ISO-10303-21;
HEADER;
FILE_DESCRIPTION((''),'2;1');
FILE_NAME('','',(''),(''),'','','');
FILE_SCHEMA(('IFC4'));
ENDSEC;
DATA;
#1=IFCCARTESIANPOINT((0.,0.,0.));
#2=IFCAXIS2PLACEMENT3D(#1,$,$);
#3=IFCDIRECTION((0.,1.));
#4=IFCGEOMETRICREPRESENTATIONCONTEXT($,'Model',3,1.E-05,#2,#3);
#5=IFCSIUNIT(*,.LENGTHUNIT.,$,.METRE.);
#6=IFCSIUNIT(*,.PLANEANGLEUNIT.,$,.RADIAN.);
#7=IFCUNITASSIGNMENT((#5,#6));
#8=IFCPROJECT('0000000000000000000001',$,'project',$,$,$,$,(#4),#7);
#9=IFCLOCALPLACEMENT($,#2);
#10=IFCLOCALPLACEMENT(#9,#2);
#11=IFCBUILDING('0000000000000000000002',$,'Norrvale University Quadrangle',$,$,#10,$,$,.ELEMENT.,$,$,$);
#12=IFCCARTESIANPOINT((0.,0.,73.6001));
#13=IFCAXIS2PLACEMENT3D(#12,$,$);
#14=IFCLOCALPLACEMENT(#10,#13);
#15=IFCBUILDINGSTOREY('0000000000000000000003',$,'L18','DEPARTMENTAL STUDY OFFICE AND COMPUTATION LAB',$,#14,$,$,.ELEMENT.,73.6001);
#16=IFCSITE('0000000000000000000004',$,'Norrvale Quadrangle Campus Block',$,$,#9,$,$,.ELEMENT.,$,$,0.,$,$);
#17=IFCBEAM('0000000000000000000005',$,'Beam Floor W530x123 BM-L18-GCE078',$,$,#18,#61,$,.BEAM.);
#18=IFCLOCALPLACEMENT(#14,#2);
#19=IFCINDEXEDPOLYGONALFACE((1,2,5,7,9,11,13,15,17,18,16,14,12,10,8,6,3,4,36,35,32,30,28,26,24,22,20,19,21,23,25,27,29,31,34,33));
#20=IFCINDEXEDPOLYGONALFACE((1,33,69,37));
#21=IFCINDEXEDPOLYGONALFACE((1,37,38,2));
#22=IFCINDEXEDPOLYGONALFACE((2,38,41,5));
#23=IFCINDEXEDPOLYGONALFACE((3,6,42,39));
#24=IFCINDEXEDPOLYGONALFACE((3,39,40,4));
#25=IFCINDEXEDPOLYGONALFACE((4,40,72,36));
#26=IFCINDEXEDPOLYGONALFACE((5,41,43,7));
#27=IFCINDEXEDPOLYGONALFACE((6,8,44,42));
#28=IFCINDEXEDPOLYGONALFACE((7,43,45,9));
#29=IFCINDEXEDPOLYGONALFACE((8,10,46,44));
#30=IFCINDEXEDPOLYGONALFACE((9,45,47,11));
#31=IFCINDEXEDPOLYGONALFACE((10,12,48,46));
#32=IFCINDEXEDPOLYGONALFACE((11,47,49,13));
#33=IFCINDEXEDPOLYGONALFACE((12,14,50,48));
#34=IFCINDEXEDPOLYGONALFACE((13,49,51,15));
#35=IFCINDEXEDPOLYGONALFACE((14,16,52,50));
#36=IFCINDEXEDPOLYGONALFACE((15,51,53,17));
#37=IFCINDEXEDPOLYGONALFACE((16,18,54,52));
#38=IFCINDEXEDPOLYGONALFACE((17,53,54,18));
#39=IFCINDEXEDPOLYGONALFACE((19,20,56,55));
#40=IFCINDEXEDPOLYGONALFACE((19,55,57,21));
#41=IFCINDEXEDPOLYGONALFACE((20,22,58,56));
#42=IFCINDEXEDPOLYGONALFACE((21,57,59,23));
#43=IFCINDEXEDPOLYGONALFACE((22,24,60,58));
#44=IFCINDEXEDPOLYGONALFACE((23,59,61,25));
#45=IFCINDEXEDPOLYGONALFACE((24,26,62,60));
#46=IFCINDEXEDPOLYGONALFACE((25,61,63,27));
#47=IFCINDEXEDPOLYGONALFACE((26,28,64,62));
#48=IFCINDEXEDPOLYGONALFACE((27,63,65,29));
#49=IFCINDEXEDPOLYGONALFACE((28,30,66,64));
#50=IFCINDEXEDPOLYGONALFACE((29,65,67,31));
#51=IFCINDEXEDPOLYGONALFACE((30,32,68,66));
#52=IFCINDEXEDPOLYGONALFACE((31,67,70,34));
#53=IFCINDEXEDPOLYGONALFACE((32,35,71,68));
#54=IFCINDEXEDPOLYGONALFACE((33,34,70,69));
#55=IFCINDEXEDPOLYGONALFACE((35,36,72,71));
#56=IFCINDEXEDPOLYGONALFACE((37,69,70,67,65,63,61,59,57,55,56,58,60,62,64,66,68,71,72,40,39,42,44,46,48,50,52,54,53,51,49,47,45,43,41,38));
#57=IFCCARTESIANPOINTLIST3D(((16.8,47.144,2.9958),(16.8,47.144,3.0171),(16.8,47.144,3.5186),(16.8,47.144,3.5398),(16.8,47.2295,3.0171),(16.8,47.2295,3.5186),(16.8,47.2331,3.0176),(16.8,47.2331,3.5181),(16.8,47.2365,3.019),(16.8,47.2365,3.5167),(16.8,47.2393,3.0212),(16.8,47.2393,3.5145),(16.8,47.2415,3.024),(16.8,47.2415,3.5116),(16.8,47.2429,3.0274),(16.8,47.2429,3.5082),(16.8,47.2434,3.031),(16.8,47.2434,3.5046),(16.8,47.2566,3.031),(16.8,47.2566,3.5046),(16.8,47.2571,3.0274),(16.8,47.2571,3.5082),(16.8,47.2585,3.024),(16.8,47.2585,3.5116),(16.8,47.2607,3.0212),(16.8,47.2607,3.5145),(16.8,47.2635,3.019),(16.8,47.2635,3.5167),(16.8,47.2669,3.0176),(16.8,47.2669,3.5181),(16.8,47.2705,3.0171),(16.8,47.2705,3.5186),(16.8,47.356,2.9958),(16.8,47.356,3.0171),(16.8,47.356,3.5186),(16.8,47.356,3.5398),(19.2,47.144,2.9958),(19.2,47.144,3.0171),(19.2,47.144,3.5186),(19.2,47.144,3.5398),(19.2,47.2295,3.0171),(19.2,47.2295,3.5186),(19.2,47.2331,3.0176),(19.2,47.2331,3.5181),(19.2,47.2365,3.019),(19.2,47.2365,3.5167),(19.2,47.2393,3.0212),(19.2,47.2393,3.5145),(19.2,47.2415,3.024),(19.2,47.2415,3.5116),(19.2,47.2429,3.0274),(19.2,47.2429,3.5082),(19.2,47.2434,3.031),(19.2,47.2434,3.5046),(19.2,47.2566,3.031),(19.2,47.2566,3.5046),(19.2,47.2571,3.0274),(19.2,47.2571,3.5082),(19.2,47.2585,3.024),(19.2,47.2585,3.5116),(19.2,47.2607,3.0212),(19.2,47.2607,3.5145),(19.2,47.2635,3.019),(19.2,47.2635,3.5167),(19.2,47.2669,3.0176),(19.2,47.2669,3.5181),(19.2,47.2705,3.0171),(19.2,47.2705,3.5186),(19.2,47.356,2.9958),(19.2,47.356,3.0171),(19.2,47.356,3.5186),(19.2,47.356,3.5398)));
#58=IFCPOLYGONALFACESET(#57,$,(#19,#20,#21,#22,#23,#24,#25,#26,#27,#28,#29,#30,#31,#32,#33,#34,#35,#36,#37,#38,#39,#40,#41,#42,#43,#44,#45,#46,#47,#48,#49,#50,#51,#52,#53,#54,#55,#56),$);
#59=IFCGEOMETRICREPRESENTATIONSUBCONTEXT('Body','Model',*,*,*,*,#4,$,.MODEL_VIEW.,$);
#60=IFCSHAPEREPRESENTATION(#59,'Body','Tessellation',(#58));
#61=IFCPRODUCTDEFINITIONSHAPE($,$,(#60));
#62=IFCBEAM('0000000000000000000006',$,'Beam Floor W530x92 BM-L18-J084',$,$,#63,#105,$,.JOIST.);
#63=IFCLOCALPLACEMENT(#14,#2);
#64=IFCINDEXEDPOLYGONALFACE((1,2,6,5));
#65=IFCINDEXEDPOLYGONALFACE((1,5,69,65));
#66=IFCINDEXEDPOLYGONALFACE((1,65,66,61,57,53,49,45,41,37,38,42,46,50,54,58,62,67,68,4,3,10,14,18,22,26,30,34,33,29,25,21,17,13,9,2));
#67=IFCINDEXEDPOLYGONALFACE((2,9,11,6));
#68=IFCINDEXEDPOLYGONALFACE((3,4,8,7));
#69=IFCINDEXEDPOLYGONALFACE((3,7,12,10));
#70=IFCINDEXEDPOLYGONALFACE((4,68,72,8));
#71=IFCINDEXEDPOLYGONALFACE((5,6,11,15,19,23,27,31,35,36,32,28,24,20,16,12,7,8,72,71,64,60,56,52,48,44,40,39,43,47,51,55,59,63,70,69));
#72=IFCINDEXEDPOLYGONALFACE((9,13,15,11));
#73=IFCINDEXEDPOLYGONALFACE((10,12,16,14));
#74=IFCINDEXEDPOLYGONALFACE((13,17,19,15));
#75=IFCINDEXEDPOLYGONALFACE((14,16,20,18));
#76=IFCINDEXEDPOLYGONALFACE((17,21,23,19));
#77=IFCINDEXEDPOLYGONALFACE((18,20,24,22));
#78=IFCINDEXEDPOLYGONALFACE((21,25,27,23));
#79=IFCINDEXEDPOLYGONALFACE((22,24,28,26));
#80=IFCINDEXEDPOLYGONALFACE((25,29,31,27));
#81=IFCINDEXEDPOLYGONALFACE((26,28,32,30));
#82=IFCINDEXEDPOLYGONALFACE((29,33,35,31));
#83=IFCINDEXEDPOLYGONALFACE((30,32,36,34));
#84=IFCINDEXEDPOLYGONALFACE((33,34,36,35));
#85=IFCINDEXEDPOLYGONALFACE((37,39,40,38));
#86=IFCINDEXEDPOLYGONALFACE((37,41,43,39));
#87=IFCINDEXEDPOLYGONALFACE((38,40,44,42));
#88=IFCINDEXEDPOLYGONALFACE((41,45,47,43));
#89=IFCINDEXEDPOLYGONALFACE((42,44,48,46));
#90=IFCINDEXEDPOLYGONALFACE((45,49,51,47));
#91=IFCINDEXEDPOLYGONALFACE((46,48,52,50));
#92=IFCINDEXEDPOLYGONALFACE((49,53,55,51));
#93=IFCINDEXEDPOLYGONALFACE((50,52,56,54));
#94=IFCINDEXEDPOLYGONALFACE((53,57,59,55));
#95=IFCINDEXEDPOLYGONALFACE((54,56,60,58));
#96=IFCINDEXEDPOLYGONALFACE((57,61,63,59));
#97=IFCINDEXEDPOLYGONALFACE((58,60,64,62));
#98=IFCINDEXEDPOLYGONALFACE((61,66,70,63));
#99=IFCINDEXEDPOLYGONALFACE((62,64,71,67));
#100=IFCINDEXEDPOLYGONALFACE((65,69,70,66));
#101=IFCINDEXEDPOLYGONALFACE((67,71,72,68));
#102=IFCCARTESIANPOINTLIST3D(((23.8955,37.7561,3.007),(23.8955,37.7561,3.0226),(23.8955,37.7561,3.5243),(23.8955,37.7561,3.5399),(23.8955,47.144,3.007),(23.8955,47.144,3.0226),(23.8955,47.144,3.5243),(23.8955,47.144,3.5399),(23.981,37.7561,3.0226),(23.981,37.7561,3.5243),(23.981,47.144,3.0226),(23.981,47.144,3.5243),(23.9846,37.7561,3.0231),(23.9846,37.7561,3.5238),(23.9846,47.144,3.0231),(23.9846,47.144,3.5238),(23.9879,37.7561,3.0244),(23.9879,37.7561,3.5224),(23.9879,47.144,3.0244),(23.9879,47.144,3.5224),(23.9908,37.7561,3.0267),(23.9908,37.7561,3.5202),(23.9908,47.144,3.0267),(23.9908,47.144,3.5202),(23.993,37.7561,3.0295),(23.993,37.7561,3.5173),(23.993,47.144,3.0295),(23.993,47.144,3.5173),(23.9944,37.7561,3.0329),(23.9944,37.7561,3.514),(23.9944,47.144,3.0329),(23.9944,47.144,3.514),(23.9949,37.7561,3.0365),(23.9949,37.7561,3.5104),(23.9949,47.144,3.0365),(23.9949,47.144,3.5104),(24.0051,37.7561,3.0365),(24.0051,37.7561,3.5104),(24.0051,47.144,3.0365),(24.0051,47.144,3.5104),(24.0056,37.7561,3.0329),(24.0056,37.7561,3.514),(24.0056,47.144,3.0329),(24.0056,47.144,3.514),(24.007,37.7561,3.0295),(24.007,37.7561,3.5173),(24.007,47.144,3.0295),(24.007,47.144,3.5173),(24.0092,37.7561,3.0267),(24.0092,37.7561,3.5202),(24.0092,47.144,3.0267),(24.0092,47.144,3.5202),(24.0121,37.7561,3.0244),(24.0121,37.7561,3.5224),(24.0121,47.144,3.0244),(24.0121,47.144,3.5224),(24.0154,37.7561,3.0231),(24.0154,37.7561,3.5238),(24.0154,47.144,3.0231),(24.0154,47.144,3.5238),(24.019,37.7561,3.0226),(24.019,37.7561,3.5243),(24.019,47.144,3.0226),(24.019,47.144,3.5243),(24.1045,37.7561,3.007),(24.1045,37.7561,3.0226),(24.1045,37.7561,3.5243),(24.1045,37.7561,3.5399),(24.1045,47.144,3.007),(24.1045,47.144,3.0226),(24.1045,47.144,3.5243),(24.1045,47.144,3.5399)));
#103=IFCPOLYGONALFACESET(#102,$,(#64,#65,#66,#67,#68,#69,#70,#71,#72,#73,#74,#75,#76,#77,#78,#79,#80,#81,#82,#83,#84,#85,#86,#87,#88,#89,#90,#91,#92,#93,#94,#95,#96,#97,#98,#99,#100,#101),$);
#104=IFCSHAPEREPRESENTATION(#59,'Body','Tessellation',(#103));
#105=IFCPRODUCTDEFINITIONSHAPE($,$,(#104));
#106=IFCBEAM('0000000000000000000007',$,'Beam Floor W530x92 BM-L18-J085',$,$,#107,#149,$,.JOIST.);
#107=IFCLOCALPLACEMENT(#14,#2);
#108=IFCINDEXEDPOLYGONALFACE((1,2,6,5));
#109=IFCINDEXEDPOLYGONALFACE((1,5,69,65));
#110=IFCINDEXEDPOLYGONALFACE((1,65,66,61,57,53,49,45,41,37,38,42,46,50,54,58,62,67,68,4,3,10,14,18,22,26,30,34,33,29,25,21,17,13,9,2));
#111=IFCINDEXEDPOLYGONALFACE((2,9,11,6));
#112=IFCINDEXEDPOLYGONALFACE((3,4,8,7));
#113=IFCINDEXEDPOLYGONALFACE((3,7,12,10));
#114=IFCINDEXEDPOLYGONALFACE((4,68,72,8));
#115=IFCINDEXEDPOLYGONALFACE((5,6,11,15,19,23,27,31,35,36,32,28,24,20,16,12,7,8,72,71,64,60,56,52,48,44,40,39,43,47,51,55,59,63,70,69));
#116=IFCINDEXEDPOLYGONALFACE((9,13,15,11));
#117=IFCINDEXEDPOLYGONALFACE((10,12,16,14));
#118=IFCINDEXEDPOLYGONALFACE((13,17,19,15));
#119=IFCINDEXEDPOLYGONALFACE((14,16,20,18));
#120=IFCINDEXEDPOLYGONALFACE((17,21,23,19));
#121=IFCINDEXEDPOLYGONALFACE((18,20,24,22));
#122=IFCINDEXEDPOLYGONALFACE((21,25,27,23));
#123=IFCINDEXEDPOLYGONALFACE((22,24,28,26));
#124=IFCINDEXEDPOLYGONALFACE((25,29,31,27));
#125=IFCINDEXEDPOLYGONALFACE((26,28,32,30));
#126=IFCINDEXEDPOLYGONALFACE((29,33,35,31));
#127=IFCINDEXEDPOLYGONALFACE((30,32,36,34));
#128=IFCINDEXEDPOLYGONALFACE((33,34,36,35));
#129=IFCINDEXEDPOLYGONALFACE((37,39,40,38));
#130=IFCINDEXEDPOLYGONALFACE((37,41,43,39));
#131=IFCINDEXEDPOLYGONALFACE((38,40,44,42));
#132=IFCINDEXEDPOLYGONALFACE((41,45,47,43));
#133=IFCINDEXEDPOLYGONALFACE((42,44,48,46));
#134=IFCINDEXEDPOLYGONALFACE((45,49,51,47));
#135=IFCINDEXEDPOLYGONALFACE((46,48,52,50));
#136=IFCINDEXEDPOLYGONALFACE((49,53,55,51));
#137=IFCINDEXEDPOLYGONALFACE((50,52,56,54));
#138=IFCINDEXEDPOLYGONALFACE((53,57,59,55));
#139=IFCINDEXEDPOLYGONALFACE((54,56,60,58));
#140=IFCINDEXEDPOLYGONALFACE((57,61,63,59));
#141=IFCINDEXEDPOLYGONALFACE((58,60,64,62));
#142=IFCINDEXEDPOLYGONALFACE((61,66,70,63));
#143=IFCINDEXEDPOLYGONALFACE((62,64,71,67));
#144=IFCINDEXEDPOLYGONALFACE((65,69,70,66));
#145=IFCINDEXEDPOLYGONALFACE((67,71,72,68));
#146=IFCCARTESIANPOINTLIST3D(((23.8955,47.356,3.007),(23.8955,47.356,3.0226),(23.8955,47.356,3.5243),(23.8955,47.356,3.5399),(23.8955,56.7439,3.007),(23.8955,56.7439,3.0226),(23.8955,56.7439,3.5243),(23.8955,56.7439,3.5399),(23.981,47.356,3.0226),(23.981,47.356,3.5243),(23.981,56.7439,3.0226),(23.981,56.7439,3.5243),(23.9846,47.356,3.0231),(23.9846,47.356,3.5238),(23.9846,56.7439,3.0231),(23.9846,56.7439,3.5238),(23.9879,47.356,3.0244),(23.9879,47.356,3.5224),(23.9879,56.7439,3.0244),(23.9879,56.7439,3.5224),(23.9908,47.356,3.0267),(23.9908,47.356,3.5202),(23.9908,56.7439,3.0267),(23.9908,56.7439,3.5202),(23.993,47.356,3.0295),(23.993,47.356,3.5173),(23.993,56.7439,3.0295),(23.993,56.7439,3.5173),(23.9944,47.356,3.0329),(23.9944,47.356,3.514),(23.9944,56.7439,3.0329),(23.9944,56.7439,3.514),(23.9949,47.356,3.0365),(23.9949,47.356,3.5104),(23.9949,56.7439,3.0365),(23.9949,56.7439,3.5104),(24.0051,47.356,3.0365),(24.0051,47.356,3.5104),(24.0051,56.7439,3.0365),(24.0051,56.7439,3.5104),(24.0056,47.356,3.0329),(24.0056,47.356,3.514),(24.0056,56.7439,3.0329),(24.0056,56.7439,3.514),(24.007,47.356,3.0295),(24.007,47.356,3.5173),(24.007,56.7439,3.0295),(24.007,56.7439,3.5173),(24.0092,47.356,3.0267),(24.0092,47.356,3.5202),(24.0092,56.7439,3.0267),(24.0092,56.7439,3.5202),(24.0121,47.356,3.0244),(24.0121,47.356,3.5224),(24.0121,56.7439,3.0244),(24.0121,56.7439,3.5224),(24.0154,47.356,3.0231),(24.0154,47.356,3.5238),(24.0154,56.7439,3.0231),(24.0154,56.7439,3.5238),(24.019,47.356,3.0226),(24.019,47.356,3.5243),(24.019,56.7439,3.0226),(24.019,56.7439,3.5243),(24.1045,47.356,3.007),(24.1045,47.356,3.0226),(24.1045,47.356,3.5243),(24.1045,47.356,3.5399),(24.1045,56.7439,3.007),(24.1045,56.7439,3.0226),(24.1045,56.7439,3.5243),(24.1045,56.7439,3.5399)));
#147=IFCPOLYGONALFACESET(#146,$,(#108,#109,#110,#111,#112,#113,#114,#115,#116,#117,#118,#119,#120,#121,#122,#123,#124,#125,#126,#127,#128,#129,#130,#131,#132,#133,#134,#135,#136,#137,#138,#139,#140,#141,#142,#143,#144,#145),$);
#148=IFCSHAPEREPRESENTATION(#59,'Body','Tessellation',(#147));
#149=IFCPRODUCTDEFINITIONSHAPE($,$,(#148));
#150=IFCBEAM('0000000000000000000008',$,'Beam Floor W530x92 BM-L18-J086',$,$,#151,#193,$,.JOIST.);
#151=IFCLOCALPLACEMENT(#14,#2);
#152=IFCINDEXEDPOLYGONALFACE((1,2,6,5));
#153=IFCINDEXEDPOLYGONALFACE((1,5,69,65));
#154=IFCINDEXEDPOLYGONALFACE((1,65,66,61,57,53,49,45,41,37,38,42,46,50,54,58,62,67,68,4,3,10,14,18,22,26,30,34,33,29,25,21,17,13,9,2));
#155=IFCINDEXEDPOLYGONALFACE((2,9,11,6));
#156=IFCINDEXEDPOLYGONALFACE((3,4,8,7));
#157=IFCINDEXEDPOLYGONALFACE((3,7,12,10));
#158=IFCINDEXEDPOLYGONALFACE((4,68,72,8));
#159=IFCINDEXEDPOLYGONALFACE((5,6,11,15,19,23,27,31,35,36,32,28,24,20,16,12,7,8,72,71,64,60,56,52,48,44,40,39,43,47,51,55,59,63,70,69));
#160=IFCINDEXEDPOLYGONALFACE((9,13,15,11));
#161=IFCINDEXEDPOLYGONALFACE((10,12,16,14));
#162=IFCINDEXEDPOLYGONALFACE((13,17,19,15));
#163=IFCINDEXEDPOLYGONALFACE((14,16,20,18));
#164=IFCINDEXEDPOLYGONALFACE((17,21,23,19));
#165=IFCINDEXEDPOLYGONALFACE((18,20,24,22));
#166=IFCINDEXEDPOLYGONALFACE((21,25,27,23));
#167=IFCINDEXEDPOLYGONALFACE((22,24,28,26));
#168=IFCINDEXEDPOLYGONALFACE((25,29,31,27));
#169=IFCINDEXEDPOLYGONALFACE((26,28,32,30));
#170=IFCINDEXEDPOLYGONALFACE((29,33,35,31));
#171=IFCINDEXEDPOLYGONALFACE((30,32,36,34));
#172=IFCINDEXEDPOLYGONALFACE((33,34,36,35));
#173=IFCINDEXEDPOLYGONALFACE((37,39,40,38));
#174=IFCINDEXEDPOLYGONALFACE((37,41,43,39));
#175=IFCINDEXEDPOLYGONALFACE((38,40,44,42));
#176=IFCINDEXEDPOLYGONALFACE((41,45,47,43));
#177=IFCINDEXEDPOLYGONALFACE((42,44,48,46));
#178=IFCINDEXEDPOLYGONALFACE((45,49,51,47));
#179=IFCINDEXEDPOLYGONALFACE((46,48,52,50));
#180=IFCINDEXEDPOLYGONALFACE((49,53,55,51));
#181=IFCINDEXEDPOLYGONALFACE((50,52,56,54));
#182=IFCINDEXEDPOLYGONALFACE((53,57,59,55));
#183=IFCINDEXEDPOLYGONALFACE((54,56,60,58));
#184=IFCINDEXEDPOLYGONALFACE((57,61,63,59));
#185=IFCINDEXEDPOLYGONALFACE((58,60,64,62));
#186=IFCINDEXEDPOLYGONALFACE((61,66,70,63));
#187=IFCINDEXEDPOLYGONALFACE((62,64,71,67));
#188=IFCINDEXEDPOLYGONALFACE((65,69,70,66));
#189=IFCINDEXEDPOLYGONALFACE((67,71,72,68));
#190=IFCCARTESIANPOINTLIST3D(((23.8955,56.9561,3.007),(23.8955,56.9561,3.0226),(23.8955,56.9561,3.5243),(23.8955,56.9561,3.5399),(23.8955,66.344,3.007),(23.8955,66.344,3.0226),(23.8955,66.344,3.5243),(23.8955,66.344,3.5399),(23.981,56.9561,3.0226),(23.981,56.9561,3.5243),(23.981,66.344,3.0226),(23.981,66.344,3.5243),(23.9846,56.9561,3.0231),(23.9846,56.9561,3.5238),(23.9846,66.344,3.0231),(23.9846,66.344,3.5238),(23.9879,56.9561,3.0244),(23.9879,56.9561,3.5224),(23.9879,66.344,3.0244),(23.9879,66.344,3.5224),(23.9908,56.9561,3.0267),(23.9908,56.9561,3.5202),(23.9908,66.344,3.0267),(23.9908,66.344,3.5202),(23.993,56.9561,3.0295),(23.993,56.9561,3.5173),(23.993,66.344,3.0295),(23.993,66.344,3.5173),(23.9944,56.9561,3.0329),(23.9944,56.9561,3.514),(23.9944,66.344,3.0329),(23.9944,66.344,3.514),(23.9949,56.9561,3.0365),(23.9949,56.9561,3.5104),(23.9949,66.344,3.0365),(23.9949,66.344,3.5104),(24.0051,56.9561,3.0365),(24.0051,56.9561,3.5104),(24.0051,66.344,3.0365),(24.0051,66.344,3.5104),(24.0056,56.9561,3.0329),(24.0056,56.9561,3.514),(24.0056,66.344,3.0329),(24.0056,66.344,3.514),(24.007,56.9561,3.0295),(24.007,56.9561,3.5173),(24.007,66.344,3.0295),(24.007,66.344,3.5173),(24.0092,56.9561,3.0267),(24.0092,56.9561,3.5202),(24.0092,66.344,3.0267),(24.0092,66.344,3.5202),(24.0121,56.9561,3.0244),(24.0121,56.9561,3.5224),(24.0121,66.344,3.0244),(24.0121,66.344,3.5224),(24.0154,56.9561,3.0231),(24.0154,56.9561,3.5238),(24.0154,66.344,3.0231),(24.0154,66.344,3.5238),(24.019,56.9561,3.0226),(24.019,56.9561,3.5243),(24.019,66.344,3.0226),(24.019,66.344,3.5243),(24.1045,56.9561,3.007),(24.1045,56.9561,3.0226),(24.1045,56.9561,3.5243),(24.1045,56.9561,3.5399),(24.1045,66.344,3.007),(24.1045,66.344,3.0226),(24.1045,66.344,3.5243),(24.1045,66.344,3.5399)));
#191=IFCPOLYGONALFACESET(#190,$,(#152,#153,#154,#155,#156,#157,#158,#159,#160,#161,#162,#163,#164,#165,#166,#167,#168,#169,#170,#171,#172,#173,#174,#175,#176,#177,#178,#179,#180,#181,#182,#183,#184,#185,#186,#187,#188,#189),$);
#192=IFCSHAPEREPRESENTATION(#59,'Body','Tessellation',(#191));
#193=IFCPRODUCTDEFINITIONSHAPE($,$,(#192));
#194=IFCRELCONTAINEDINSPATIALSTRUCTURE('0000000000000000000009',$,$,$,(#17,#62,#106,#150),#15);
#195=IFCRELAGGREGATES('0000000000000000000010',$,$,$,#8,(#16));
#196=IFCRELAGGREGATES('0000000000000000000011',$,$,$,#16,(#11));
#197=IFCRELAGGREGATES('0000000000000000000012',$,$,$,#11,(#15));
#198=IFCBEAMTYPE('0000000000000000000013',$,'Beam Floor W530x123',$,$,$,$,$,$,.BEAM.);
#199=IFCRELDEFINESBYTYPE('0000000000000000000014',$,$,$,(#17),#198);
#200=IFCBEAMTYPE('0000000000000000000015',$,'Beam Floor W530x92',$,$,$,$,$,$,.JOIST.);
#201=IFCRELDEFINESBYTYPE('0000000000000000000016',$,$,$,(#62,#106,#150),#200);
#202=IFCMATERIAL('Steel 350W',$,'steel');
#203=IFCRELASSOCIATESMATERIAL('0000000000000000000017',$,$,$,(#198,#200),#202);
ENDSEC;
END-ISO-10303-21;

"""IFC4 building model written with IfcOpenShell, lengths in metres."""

from ifc_helpers import new_model, si_unit, direction, frame, origin, origin_2d, place, context, subcontext, project, spatial, i_section, extrude, material, material_profile, profile_set, type_object, element, save


model = new_model("IFC4")

# Units and contexts
model_context = context("Model", 3, precision=1e-05, world=origin(), true_north=direction((0.0, 1.0)))
body_context = subcontext(model_context, "Body", "Model", "MODEL_VIEW")
ifc_project = project(units=[si_unit("LENGTHUNIT", "METRE"), si_unit("PLANEANGLEUNIT", "RADIAN")], contexts=[model_context])

# Site, building, storey
site_placement = place(None, origin())
site = spatial("IfcSite", under=ifc_project, at=site_placement, Name="Norrvale Quadrangle Campus Block", CompositionType="ELEMENT", RefElevation=0.0)
building_placement = place(site_placement, origin())
building = spatial("IfcBuilding", under=site, at=building_placement, Name="Norrvale University Quadrangle", CompositionType="ELEMENT")
storey_placement = place(building_placement, frame((0.0, 0.0, 73.6001)))
storey = spatial("IfcBuildingStorey", under=building, at=storey_placement, Name="L18", Description="DEPARTMENTAL STUDY OFFICE AND COMPUTATION LAB", CompositionType="ELEMENT", Elevation=73.6001)

# Beams
ifc_material_1 = material(Name="Steel 350W", Category="steel")
ifc_material_profile_1 = material_profile(ifc_material_1, i_section(OverallWidth=0.2119, OverallDepth=0.5439, WebThickness=0.0132, FlangeThickness=0.0212, FilletRadius=0.0139, at=origin_2d()), Name="Steel 350W")
ifc_profile_set_1 = profile_set([ifc_material_profile_1], Name="Steel 350W")
beam_type_1 = type_object("IfcBeamType", Name="Beam Floor W530x123", PredefinedType="BEAM", material=ifc_profile_set_1)
beam_1_placement = place(storey_placement, frame((16.8, 47.25, 3.2678), z_axis=(1.0, 0.0, 0.0), x_axis=(0.0, 1.0, 0.0)))
element("IfcBeam", 1, at=beam_1_placement, inside=storey, type_object=beam_type_1, Name="Beam Floor W530x123 BM-L18-GCE078", PredefinedType="BEAM", context=body_context, shape_type="SweptSolid", body=[
    extrude(i_section(OverallWidth=0.2119, OverallDepth=0.5439, WebThickness=0.0132, FlangeThickness=0.0212, FilletRadius=0.0139, at=origin_2d()), origin(), (0.0, 0.0, 1.0), 2.3999),
])
ifc_material_profile_2 = material_profile(ifc_material_1, i_section(OverallWidth=0.209, OverallDepth=0.533, WebThickness=0.0103, FlangeThickness=0.0156, FilletRadius=0.0139, at=origin_2d()), Name="Steel 350W")
ifc_profile_set_2 = profile_set([ifc_material_profile_2], Name="Steel 350W")
beam_type_2 = type_object("IfcBeamType", Name="Beam Floor W530x92", PredefinedType="JOIST", material=ifc_profile_set_2)
for number, where, z_axis, x_axis, name in (
    (2, (24.0, 37.7561, 3.2734), (0.0, 1.0, 0.0), (-1.0, 0.0, 0.0), "Beam Floor W530x92 BM-L18-J084"),
    (3, (24.0, 47.356, 3.2734), (0.0, 1.0, 0.0), (-1.0, 0.0, 0.0), "Beam Floor W530x92 BM-L18-J085"),
    (4, (24.0, 56.9561, 3.2734), (0.0, 1.0, 0.0), (-1.0, 0.0, 0.0), "Beam Floor W530x92 BM-L18-J086"),
):
    element("IfcBeam", number, at=place(storey_placement, frame(where, z_axis=z_axis, x_axis=x_axis)), inside=storey, type_object=beam_type_2, Name=name, PredefinedType="JOIST", context=body_context, shape_type="SweptSolid", body=[
        extrude(i_section(OverallWidth=0.209, OverallDepth=0.533, WebThickness=0.0103, FlangeThickness=0.0156, FilletRadius=0.0139, at=origin_2d()), origin(), (0.0, 0.0, 1.0), 9.3879),
    ])

save(model, "model.ifc")
